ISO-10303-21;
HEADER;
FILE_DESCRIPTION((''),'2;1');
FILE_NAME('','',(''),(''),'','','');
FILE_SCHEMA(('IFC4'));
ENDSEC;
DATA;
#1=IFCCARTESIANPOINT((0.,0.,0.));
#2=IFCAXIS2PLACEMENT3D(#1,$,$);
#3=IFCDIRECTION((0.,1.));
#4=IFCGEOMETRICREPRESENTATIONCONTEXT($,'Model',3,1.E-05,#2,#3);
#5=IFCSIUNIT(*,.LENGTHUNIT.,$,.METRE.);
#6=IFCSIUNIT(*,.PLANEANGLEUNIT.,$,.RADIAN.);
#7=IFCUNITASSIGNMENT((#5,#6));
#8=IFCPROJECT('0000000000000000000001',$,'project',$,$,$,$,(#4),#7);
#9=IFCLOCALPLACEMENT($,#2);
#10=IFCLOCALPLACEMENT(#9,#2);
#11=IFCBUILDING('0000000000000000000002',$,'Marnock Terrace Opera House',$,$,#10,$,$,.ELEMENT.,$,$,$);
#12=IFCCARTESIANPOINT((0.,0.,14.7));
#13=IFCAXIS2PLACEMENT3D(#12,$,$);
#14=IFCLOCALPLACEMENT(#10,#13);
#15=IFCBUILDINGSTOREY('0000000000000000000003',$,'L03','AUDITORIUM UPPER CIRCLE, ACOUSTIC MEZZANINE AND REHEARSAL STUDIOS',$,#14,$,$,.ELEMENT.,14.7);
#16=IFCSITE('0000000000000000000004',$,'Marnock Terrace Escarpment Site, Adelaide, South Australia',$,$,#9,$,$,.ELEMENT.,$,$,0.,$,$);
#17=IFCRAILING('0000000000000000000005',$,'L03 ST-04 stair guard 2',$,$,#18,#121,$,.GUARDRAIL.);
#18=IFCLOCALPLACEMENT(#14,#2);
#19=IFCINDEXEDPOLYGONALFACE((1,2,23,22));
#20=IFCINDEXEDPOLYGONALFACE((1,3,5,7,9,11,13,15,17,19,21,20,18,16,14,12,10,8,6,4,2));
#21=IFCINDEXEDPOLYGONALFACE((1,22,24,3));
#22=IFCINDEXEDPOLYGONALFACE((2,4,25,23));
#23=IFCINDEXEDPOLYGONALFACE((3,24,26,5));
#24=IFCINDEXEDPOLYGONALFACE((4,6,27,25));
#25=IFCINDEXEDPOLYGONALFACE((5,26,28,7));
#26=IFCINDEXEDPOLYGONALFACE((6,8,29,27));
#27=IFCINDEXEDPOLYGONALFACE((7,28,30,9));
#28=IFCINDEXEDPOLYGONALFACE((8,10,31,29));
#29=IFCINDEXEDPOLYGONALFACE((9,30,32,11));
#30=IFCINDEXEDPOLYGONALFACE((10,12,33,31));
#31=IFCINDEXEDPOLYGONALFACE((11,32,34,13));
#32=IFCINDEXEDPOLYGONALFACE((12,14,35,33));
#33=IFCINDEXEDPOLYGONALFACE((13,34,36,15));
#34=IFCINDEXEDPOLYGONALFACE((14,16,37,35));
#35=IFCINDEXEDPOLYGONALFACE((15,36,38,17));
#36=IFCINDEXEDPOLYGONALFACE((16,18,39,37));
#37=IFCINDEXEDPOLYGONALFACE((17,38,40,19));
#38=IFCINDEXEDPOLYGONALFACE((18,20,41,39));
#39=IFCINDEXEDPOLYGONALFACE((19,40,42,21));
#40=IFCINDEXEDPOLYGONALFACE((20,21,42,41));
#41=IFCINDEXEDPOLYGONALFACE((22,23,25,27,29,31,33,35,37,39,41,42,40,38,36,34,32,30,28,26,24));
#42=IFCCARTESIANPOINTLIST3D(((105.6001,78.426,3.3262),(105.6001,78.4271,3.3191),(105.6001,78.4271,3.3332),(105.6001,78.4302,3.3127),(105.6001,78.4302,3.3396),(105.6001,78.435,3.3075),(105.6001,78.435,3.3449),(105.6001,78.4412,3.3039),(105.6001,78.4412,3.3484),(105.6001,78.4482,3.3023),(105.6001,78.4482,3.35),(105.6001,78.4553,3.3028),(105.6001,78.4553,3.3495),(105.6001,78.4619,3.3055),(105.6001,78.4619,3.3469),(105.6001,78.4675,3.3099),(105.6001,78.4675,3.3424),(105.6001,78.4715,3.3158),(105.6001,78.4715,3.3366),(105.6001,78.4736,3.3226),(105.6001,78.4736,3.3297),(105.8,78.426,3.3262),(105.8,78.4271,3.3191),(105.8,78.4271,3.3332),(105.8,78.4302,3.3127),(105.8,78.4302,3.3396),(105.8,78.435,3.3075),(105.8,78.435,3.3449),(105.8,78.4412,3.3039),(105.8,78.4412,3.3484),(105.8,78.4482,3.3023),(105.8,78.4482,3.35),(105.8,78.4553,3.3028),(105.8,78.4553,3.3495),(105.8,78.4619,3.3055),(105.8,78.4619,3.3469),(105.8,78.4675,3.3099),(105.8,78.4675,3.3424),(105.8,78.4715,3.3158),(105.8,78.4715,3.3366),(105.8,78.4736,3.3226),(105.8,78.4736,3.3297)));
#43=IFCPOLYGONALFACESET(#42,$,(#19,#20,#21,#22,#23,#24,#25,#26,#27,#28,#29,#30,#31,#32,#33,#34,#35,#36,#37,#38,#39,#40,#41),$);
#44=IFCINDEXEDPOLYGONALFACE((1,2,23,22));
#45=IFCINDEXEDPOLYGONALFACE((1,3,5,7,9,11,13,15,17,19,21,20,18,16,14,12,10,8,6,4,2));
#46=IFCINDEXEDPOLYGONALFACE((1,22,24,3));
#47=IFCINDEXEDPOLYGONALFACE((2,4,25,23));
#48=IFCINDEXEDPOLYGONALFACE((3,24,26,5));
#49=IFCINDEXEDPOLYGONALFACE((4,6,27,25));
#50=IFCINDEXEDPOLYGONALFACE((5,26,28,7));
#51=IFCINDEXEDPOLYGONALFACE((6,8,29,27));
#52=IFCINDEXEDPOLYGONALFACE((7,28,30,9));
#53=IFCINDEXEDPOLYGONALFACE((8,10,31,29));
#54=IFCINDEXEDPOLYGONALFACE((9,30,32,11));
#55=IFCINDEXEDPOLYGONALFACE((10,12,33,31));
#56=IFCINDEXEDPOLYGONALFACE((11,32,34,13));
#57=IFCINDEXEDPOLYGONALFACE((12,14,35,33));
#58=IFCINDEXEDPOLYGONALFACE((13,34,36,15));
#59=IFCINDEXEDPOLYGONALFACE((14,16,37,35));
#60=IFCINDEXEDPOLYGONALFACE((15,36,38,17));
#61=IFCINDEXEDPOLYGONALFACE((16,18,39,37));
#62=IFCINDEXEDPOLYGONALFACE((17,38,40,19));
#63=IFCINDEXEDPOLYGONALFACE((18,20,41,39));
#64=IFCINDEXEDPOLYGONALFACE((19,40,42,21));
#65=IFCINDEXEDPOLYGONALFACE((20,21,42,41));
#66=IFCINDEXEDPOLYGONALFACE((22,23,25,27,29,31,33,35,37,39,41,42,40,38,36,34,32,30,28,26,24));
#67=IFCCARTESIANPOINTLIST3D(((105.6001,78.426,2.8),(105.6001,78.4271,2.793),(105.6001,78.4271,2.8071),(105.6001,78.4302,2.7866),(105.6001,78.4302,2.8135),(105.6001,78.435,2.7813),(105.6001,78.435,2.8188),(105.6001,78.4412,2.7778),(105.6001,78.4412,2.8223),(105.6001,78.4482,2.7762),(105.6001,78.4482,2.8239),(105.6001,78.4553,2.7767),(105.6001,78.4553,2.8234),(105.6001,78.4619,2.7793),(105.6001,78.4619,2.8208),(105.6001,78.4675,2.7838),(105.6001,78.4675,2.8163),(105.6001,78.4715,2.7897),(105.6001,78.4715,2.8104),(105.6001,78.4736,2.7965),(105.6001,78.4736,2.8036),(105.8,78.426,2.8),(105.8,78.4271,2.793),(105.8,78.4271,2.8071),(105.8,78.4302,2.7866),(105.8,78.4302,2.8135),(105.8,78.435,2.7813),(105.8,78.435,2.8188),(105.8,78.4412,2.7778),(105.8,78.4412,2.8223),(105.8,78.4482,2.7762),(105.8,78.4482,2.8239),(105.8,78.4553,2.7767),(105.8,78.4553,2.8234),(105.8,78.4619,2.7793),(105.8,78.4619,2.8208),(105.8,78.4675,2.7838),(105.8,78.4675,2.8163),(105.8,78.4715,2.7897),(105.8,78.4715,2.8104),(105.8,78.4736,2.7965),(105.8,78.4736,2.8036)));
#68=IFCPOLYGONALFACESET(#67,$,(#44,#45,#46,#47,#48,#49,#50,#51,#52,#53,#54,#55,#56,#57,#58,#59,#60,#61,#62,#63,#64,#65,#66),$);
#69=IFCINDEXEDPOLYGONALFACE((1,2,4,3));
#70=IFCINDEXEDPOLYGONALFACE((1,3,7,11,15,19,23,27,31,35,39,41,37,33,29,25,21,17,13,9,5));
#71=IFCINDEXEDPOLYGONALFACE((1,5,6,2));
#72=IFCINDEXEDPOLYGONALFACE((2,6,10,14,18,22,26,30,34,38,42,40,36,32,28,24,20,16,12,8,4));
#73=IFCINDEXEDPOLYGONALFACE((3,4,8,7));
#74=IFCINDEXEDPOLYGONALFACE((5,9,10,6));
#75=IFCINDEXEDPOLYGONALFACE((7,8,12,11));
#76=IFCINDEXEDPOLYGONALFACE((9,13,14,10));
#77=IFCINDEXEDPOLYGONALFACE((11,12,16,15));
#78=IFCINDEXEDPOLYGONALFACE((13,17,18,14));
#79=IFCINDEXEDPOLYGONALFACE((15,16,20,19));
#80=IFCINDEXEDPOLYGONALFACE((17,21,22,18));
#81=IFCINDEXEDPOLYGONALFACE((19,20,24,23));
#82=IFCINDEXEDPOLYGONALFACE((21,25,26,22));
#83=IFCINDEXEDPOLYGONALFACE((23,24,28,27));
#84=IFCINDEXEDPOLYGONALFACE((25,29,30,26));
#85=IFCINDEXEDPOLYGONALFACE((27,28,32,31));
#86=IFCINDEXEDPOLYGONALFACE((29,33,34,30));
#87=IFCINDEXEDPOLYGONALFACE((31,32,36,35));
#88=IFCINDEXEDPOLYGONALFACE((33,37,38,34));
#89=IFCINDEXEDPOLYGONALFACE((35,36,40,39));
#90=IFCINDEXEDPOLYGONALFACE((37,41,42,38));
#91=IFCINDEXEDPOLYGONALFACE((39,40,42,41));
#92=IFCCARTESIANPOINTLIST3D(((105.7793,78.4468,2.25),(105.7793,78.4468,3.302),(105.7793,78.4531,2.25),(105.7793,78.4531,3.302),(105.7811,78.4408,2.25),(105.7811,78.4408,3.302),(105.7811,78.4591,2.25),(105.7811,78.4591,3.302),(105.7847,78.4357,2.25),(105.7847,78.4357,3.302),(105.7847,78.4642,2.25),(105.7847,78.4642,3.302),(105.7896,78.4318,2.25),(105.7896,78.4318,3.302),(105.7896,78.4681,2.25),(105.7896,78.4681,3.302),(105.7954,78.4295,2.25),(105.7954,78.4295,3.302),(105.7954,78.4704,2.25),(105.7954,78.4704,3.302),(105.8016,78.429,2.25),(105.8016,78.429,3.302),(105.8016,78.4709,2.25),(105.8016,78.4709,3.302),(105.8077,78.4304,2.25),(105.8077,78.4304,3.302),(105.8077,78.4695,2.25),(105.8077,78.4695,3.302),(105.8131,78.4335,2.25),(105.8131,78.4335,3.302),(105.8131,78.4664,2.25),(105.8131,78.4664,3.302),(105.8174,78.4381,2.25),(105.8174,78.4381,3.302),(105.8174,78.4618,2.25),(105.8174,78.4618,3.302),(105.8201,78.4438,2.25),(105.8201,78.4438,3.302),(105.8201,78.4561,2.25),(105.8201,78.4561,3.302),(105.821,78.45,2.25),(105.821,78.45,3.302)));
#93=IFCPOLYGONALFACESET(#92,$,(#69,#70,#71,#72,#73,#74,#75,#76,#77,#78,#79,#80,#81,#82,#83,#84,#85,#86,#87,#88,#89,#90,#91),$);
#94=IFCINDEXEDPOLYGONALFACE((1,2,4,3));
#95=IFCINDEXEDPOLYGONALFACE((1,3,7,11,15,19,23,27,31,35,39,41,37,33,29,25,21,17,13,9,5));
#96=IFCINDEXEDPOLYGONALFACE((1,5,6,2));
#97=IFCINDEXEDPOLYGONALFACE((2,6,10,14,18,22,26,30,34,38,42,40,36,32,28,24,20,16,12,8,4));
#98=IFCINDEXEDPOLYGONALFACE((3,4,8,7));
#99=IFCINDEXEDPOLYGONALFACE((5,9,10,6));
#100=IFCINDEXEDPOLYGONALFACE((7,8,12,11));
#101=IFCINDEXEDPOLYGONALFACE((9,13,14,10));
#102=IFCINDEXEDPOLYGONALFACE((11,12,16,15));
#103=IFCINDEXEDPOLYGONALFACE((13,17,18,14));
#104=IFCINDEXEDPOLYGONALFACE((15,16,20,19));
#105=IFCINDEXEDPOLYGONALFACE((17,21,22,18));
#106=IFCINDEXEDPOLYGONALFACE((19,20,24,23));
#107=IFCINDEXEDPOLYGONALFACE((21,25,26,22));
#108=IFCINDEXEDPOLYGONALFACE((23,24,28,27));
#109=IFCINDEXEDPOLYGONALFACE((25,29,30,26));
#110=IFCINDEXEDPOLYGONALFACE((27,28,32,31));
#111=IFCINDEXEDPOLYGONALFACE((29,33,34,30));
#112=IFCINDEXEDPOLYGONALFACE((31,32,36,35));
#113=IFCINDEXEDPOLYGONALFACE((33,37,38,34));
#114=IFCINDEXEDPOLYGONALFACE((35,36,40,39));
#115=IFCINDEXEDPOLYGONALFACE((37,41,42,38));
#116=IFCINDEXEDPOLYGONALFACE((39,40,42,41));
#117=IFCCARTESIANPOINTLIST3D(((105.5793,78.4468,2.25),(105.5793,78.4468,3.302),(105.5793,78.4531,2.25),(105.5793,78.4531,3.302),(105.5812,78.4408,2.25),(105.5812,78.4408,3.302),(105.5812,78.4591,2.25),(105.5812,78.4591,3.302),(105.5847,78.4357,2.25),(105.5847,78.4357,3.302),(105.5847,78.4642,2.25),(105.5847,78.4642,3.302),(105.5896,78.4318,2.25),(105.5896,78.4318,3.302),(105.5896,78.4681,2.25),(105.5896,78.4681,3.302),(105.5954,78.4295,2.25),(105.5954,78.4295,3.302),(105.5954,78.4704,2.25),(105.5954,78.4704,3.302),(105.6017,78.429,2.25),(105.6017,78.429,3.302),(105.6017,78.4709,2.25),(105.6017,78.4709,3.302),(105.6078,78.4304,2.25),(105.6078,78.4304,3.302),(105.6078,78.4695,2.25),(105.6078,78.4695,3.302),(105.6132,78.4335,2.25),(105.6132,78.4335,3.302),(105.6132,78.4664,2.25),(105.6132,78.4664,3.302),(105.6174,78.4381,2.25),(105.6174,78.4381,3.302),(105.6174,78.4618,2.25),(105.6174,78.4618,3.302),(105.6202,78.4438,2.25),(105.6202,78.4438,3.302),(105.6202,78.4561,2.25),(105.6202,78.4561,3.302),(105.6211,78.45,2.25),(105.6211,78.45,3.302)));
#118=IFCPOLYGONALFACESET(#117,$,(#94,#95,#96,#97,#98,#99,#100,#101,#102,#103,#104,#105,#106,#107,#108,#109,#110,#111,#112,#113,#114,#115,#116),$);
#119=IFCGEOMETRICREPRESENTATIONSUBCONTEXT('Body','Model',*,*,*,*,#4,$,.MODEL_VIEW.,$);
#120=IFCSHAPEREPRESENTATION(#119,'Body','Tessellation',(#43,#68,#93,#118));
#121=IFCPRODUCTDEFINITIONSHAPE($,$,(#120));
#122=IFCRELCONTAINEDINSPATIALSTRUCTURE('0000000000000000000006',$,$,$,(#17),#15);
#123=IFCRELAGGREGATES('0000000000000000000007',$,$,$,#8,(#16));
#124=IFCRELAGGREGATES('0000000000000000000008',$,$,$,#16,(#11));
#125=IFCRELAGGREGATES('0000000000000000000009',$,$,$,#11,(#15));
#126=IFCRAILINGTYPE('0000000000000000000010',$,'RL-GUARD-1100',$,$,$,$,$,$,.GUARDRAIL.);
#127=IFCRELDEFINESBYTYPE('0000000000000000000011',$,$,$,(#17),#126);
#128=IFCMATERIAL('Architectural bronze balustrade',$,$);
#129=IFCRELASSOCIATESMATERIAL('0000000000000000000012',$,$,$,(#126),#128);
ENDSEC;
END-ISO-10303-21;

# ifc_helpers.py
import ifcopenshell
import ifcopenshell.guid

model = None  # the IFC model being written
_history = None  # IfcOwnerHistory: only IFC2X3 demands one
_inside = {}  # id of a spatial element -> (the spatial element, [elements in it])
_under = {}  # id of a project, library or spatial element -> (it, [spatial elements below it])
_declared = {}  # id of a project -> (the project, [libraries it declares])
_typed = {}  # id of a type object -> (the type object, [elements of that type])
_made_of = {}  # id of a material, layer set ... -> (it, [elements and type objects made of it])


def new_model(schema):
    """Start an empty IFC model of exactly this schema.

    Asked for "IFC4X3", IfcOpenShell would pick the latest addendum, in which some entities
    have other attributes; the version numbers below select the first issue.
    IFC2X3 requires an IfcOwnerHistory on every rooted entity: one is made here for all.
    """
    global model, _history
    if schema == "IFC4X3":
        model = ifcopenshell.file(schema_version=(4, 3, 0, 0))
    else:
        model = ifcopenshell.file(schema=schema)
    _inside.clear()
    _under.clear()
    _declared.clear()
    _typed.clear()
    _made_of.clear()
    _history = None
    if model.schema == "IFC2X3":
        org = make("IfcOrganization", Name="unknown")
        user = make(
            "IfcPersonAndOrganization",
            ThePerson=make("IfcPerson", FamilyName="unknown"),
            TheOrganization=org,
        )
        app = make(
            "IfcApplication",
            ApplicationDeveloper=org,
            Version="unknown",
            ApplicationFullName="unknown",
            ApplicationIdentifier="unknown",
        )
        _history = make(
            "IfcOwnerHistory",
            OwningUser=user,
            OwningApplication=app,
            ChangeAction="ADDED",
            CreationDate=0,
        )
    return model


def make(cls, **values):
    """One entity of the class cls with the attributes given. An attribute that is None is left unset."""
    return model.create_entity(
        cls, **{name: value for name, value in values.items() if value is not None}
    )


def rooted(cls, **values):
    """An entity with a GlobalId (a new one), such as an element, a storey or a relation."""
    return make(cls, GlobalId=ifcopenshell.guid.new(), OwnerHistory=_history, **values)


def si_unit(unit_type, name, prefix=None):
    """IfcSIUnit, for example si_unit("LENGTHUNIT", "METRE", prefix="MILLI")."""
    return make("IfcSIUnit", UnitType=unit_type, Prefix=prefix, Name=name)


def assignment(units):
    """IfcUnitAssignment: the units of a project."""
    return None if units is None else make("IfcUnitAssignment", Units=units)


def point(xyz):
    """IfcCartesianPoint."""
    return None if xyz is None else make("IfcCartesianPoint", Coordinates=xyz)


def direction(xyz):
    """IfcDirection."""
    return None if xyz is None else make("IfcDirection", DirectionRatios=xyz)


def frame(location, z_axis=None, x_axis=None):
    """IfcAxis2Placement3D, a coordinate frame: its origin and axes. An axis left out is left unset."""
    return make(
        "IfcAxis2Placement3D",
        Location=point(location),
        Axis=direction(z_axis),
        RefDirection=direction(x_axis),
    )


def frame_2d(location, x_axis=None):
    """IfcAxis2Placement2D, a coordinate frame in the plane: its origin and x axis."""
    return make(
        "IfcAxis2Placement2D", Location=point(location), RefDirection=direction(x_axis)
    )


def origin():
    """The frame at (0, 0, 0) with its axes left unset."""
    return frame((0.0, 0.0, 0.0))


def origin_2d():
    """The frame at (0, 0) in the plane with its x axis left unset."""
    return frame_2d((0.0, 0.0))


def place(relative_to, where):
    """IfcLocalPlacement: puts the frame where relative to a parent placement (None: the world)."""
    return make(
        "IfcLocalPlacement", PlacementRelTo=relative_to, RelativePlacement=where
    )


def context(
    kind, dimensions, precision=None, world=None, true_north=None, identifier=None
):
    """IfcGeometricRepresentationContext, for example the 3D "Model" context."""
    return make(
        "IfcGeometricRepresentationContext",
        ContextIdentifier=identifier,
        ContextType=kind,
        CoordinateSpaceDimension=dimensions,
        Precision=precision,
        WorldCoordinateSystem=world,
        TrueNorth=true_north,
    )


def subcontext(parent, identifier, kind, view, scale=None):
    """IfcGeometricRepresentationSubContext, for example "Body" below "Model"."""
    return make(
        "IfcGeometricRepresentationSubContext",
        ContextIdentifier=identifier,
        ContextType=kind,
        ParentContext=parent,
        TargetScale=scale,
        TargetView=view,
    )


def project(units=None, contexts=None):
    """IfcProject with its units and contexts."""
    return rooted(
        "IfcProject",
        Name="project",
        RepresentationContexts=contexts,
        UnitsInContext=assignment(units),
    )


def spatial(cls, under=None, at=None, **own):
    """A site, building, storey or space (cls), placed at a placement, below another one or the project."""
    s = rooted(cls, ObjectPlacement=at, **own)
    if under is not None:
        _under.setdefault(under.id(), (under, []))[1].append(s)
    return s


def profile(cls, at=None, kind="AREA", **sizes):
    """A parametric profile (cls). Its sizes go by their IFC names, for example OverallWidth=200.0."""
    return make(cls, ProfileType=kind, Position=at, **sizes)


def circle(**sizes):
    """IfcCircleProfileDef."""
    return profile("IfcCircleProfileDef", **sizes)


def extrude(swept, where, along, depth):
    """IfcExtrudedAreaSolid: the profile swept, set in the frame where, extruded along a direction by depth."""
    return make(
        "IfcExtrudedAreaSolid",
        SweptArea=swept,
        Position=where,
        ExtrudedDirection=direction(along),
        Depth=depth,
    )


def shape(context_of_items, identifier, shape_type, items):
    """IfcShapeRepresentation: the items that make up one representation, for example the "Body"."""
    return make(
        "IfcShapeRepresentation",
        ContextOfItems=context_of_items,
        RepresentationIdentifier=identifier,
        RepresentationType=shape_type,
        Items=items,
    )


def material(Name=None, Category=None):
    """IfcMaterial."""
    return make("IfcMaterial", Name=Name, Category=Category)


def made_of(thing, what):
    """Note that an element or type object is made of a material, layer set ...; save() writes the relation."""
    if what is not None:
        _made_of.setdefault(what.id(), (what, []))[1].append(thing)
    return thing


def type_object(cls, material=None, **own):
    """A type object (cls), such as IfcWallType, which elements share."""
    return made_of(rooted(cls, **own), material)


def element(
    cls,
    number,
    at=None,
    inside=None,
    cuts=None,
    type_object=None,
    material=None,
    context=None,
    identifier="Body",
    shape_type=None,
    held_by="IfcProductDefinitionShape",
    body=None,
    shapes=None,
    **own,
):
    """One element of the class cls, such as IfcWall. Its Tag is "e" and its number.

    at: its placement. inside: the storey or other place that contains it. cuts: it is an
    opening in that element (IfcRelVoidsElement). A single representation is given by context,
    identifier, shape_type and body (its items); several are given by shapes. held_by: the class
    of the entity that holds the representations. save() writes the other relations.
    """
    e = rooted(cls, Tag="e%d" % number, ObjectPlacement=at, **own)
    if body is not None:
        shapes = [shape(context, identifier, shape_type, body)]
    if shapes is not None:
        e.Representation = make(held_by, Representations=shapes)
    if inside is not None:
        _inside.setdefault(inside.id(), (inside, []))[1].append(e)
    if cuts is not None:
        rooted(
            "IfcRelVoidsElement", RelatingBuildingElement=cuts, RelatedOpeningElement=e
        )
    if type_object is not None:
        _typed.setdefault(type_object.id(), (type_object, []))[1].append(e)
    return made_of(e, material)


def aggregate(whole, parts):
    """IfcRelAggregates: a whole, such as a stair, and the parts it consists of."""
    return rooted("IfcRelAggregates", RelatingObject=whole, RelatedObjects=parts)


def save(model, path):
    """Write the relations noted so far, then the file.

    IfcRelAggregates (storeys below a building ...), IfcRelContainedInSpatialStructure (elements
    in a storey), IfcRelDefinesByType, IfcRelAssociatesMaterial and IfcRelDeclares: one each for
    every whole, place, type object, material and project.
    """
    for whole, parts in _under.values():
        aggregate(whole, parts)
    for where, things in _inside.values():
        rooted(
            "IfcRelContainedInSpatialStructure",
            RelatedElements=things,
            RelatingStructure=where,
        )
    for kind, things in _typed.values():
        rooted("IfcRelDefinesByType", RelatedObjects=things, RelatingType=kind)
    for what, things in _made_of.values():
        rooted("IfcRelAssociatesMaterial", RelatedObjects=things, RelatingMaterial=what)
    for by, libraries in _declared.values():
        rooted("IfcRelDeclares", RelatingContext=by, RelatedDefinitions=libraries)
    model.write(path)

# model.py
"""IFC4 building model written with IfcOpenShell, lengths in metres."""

from ifc_helpers import new_model, si_unit, direction, frame, origin, origin_2d, place, context, subcontext, project, spatial, circle, extrude, material, type_object, element, save


model = new_model("IFC4")

# Units and contexts
model_context = context("Model", 3, precision=1e-05, world=origin(), true_north=direction((0.0, 1.0)))
body_context = subcontext(model_context, "Body", "Model", "MODEL_VIEW")
ifc_project = project(units=[si_unit("LENGTHUNIT", "METRE"), si_unit("PLANEANGLEUNIT", "RADIAN")], contexts=[model_context])

# Site, building, storey
site_placement = place(None, origin())
site = spatial("IfcSite", under=ifc_project, at=site_placement, Name="Marnock Terrace Escarpment Site, Adelaide, South Australia", CompositionType="ELEMENT", RefElevation=0.0)
building_placement = place(site_placement, origin())
building = spatial("IfcBuilding", under=site, at=building_placement, Name="Marnock Terrace Opera House", CompositionType="ELEMENT")
storey_placement = place(building_placement, frame((0.0, 0.0, 14.7)))
storey = spatial("IfcBuildingStorey", under=building, at=storey_placement, Name="L03", Description="AUDITORIUM UPPER CIRCLE, ACOUSTIC MEZZANINE AND REHEARSAL STUDIOS", CompositionType="ELEMENT", Elevation=14.7)

# Railing
ifc_material_1 = material(Name="Architectural bronze balustrade")
railing_type_1 = type_object("IfcRailingType", Name="RL-GUARD-1100", PredefinedType="GUARDRAIL", material=ifc_material_1)
railing_1_placement = place(storey_placement, frame((105.8, 78.45, 2.25)))
element("IfcRailing", 1, at=railing_1_placement, inside=storey, type_object=railing_type_1, Name="L03 ST-04 stair guard 2", PredefinedType="GUARDRAIL", context=body_context, shape_type="SweptSolid", body=[
    extrude(circle(Radius=0.0239, at=origin_2d()), frame((0.0, 0.0, 1.0762), z_axis=(-1.0, 0.0, 0.0), x_axis=(0.0, -1.0, 0.0)), (0.0, 0.0, 1.0), 0.2),
    extrude(circle(Radius=0.0239, at=origin_2d()), frame((0.0, 0.0, 0.55), z_axis=(-1.0, 0.0, 0.0), x_axis=(0.0, -1.0, 0.0)), (0.0, 0.0, 1.0), 0.2),
    extrude(circle(Radius=0.021, at=origin_2d()), origin(), (0.0, 0.0, 1.0), 1.052),
    extrude(circle(Radius=0.021, at=origin_2d()), frame((-0.2, 0.0, 0.0)), (0.0, 0.0, 1.0), 1.052),
])

save(model, "model.ifc")
